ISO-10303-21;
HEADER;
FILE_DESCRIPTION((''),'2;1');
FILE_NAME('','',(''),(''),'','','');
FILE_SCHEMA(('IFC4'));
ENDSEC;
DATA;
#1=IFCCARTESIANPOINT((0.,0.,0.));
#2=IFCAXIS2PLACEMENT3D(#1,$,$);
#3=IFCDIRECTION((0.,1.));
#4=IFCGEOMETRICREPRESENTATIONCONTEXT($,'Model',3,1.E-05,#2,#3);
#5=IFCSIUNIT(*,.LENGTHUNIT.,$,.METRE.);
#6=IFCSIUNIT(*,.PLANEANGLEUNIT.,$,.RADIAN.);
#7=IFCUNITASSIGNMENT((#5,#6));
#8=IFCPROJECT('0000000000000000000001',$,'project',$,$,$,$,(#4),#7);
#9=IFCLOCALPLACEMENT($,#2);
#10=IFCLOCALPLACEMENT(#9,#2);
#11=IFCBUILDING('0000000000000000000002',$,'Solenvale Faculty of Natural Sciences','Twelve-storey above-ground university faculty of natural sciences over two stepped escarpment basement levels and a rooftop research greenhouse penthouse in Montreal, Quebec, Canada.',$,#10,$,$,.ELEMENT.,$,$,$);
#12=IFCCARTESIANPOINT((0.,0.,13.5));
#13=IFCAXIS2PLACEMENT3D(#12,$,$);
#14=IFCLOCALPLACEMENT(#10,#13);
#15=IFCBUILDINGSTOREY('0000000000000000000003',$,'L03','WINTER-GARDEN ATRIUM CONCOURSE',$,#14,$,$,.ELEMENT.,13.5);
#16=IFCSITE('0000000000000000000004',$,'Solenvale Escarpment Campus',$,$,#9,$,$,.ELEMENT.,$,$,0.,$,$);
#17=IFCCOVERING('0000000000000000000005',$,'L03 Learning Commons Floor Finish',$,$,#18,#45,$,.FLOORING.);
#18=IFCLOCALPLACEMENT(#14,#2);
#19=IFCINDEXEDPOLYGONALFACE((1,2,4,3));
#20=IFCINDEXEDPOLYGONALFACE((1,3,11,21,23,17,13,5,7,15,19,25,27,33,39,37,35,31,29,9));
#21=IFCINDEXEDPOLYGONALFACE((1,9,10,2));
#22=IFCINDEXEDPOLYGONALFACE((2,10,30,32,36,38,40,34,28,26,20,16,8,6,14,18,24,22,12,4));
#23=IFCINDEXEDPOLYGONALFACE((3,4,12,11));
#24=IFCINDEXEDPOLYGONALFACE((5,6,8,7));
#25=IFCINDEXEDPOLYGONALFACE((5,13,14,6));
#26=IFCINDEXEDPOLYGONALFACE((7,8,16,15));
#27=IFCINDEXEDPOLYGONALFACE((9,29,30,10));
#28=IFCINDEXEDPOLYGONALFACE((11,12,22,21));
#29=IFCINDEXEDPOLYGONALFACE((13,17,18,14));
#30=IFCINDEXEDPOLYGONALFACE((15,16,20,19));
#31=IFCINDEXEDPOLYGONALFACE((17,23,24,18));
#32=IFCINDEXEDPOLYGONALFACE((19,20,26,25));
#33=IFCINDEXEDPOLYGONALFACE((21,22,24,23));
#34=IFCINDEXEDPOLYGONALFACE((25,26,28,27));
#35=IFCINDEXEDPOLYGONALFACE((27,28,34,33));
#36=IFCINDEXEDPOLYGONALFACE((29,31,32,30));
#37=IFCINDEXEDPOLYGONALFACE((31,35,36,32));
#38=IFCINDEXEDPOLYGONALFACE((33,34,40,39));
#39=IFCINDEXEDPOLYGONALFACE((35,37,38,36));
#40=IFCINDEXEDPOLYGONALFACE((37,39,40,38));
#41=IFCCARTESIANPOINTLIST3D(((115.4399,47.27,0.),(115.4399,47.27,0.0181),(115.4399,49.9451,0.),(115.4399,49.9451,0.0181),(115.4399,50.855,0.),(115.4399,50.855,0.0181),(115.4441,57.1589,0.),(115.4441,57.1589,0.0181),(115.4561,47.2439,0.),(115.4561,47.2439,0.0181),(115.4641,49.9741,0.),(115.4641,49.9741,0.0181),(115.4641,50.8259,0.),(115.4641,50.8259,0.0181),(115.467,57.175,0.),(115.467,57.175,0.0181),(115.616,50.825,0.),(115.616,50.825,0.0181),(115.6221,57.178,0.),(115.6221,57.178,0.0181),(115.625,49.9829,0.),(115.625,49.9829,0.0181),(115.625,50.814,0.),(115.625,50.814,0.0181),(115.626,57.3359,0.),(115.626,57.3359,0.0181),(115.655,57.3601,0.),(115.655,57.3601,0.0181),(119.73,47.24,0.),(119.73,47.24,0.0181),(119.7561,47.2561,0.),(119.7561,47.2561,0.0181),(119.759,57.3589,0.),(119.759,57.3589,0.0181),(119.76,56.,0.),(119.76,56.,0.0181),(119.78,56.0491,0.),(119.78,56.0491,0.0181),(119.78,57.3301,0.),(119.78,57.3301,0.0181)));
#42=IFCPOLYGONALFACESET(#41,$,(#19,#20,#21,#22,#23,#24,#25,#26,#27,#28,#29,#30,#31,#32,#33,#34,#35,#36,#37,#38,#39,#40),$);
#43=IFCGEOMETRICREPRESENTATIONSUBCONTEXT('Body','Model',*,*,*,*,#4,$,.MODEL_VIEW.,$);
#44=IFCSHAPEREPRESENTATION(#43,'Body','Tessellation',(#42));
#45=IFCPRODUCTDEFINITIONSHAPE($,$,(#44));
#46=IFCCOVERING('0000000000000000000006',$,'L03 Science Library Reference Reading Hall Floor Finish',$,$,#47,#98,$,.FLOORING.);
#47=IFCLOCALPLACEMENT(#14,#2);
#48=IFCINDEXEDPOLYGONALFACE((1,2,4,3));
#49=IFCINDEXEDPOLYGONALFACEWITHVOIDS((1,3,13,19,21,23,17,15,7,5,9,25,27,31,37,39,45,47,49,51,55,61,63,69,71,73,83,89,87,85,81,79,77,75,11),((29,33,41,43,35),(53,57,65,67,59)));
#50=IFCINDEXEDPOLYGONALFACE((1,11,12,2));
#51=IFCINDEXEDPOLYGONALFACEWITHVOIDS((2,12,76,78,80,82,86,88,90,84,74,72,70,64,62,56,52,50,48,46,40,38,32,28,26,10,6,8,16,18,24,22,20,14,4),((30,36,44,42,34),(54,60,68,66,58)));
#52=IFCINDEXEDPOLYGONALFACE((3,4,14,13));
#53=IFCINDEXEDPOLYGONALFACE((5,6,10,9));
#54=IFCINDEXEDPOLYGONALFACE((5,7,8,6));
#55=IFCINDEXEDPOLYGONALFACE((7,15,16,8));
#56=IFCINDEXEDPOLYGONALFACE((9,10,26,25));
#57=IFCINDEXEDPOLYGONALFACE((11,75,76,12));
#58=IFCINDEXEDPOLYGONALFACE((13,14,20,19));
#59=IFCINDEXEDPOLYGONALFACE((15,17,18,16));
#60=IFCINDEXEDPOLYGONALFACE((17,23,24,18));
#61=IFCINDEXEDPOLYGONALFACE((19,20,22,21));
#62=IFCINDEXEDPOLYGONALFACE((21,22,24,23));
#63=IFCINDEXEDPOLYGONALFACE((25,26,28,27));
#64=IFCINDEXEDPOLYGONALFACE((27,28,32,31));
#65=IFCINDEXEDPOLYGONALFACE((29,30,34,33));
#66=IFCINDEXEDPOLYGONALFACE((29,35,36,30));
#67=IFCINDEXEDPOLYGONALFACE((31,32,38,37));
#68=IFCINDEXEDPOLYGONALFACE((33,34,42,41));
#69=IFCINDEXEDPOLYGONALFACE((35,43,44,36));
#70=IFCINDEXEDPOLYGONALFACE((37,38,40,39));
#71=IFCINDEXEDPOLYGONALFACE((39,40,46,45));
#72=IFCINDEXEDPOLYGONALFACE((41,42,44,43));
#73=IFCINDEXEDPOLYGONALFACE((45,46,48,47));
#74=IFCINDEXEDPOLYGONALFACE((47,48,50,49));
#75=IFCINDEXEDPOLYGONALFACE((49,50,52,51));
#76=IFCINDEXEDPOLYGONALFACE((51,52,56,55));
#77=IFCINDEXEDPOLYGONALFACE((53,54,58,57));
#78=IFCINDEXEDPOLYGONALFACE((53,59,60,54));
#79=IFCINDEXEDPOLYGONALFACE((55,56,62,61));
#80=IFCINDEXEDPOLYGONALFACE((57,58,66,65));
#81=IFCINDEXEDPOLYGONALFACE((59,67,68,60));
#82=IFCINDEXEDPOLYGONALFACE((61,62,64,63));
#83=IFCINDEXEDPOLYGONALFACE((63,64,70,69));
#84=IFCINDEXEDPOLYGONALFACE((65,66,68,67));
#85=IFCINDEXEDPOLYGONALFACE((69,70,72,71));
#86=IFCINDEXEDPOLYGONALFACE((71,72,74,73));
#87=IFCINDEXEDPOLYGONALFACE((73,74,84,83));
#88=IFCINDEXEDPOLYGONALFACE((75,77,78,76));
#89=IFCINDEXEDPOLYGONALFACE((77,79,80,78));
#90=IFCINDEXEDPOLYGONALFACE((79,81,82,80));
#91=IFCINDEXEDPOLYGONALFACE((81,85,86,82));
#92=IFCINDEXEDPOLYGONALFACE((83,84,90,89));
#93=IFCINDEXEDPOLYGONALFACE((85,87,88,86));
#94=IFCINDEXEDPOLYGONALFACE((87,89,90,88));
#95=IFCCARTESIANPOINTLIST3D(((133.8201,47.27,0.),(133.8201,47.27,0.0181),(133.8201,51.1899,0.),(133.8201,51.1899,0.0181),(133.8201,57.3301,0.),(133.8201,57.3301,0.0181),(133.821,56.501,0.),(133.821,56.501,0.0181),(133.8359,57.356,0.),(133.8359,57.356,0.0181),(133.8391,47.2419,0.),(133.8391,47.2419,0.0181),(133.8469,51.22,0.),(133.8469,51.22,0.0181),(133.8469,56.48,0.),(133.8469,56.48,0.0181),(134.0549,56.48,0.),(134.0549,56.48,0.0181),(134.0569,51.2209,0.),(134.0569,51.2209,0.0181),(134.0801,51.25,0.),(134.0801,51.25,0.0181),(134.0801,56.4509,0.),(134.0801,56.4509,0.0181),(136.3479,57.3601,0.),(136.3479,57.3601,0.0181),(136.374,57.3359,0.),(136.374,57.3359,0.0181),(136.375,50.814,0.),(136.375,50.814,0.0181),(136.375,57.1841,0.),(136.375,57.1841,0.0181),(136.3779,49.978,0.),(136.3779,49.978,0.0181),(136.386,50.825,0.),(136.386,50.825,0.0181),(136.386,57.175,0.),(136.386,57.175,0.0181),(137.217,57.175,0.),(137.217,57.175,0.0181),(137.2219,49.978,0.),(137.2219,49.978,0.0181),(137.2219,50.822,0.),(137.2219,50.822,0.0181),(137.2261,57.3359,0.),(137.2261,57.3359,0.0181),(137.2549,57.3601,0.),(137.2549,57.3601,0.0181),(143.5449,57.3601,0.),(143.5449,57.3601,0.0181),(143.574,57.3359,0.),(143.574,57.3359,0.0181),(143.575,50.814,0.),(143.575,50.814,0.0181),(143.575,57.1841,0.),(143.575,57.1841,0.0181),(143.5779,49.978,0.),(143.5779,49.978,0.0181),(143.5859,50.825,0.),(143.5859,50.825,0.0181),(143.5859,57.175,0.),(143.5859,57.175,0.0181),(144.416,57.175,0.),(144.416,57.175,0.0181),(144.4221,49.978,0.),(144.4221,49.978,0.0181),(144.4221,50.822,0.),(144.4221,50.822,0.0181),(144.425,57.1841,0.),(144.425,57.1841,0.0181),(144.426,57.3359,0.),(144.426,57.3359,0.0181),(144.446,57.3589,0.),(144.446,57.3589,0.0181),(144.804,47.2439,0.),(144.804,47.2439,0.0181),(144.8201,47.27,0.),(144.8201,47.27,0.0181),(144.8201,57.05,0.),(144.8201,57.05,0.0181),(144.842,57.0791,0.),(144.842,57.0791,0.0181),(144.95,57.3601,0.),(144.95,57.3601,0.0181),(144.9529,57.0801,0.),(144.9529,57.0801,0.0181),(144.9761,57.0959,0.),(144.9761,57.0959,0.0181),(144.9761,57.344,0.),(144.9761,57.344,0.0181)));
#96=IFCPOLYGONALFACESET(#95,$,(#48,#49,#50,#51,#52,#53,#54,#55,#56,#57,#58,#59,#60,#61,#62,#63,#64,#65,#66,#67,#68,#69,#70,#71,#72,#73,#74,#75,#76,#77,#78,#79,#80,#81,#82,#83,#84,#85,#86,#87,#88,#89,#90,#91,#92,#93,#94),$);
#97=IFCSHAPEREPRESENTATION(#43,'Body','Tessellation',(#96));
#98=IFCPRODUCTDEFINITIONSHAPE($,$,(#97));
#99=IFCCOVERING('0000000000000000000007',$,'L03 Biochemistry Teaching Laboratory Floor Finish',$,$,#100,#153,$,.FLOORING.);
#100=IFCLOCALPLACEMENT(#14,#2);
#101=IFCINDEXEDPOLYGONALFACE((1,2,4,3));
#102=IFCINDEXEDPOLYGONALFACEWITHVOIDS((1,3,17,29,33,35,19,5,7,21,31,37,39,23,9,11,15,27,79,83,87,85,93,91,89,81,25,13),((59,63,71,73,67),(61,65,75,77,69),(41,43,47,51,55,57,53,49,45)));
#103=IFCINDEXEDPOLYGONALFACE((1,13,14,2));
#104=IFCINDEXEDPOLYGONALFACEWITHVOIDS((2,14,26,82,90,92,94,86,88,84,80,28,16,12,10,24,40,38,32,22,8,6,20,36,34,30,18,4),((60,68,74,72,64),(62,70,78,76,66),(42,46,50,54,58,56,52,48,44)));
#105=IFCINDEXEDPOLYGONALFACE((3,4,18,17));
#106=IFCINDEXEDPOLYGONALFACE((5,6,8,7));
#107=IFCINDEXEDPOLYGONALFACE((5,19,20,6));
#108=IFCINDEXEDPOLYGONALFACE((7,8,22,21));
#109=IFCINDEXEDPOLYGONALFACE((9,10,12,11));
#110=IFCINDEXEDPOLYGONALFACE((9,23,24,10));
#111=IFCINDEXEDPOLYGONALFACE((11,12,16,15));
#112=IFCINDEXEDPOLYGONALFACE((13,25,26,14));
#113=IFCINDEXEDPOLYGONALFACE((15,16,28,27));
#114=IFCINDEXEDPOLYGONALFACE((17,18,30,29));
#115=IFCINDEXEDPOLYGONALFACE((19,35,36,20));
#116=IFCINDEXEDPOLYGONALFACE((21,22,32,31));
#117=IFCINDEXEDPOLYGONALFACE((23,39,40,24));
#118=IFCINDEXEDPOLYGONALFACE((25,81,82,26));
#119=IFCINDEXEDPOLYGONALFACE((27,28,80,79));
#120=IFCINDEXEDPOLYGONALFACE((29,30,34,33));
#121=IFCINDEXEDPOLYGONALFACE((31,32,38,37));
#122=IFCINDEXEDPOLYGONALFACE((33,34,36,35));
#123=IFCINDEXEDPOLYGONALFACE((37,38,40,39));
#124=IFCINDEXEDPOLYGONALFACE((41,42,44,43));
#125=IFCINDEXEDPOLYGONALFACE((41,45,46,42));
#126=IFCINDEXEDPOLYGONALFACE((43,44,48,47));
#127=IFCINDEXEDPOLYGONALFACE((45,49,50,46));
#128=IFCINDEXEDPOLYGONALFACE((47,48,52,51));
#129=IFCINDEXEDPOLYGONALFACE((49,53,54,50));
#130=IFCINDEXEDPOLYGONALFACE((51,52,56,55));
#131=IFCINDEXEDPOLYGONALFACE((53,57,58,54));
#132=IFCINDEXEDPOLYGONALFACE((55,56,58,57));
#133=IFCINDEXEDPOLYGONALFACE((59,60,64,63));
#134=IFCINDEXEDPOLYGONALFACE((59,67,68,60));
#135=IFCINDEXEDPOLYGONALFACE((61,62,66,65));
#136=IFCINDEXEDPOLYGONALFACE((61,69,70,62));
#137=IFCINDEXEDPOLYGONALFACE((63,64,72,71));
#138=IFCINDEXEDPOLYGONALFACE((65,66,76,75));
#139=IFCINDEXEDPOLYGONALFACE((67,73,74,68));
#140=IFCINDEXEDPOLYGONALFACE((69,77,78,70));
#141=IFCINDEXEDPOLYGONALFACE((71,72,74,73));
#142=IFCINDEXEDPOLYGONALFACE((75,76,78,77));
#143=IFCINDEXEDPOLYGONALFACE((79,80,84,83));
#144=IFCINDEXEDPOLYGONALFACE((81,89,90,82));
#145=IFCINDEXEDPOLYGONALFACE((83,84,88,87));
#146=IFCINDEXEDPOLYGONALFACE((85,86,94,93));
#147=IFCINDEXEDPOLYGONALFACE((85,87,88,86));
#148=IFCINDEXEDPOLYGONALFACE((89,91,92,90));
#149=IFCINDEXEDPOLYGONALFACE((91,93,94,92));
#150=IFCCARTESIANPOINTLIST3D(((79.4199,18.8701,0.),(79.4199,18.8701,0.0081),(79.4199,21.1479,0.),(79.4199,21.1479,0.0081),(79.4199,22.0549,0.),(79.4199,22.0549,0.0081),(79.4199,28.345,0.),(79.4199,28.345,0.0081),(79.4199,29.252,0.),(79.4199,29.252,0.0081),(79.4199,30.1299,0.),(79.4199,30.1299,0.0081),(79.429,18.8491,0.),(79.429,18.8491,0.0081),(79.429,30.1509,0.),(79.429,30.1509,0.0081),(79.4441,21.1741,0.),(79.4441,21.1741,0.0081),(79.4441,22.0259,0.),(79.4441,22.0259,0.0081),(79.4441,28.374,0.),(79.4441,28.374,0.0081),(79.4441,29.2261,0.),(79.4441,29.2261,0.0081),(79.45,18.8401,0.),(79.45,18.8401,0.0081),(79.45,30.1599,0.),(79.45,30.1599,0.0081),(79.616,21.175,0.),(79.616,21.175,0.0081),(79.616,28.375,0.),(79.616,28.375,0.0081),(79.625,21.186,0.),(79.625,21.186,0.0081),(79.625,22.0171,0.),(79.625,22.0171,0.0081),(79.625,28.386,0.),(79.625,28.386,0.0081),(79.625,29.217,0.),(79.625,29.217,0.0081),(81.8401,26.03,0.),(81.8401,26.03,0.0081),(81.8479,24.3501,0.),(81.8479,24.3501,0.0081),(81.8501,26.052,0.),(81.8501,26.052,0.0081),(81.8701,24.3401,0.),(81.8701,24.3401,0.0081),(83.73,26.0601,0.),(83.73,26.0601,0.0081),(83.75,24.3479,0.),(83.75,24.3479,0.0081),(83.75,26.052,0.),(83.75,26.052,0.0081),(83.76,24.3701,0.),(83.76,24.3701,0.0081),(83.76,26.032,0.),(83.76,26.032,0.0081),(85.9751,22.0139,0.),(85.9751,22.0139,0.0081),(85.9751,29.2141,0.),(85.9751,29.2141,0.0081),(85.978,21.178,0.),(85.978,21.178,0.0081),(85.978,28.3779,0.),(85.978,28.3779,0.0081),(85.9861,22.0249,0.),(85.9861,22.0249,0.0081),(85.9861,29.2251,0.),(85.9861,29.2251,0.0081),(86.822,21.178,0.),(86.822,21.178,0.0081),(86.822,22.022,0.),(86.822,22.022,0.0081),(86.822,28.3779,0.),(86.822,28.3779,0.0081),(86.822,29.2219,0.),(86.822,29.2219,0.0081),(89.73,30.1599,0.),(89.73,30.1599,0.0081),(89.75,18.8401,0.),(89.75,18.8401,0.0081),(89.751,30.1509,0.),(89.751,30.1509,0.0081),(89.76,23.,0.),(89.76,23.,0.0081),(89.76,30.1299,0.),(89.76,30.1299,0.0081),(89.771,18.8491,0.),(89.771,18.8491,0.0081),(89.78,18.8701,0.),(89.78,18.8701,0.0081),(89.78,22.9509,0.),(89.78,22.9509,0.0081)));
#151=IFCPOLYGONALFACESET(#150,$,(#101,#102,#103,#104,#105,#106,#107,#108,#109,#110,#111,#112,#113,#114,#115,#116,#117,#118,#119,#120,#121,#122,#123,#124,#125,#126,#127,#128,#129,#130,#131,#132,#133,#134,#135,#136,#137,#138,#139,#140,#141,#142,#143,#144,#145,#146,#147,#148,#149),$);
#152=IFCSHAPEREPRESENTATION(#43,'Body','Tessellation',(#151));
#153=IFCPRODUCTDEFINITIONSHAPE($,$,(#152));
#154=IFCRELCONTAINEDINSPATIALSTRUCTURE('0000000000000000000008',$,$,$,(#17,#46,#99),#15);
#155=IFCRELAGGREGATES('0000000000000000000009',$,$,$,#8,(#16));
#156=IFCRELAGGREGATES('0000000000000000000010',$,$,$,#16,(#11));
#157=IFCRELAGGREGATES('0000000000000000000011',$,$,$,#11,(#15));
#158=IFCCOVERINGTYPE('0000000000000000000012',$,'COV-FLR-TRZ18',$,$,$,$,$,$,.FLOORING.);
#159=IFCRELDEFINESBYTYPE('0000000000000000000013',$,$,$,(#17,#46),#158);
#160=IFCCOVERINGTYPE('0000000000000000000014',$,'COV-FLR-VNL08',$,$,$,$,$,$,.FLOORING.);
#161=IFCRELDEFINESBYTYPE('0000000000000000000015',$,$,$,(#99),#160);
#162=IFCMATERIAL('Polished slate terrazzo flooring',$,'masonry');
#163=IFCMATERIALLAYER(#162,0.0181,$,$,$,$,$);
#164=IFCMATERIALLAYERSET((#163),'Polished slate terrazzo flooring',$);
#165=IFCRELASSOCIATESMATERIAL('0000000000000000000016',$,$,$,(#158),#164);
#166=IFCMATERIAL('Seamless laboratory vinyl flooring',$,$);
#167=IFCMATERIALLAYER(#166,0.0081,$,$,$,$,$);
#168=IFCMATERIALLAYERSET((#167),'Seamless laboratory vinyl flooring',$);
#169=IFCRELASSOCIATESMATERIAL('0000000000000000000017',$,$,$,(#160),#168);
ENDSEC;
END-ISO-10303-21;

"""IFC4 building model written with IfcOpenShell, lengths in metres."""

from ifc_helpers import new_model, si_unit, direction, frame, origin, place, context, subcontext, project, spatial, polyline, outline, extrude, material, layer, layer_set, type_object, element, save


model = new_model("IFC4")

# Units and contexts
model_context = context("Model", 3, precision=1e-05, world=origin(), true_north=direction((0.0, 1.0)))
body_context = subcontext(model_context, "Body", "Model", "MODEL_VIEW")
ifc_project = project(units=[si_unit("LENGTHUNIT", "METRE"), si_unit("PLANEANGLEUNIT", "RADIAN")], contexts=[model_context])

# Site, building, storey
site_placement = place(None, origin())
site = spatial("IfcSite", under=ifc_project, at=site_placement, Name="Solenvale Escarpment Campus", CompositionType="ELEMENT", RefElevation=0.0)
building_placement = place(site_placement, origin())
building = spatial("IfcBuilding", under=site, at=building_placement, Name="Solenvale Faculty of Natural Sciences", Description="Twelve-storey above-ground university faculty of natural sciences over two stepped escarpment basement levels and a rooftop research greenhouse penthouse in Montreal, Quebec, Canada.", CompositionType="ELEMENT")
storey_placement = place(building_placement, frame((0.0, 0.0, 13.5)))
storey = spatial("IfcBuildingStorey", under=building, at=storey_placement, Name="L03", Description="WINTER-GARDEN ATRIUM CONCOURSE", CompositionType="ELEMENT", Elevation=13.5)

# Coverings
ifc_material_1 = material(Name="Polished slate terrazzo flooring", Category="masonry")
ifc_layer_1 = layer(ifc_material_1, 0.0181)
ifc_layer_set_1 = layer_set([ifc_layer_1], Name="Polished slate terrazzo flooring")
covering_type_1 = type_object("IfcCoveringType", Name="COV-FLR-TRZ18", PredefinedType="FLOORING", material=ifc_layer_set_1)
covering_1_placement = place(storey_placement, origin())
element("IfcCovering", 1, at=covering_1_placement, inside=storey, type_object=covering_type_1, Name="L03 Learning Commons Floor Finish", PredefinedType="FLOORING", context=body_context, shape_type="SweptSolid", body=[
    extrude(outline(polyline([(119.78, 56.0491), (119.76, 56.0), (119.7561, 47.2561), (119.73, 47.24), (115.4561, 47.2439), (115.4399, 47.27), (115.4399, 49.9451), (115.4641, 49.9741), (115.625, 49.9829), (115.625, 50.814), (115.616, 50.825), (115.4641, 50.8259), (115.4399, 50.855), (115.4441, 57.1589), (115.467, 57.175), (115.6221, 57.178), (115.626, 57.3359), (115.655, 57.3601), (119.759, 57.3589), (119.78, 57.3301), (119.78, 56.0491)])), origin(), (0.0, 0.0, 1.0), 0.0181),
])
covering_2_placement = place(storey_placement, origin())
element("IfcCovering", 2, at=covering_2_placement, inside=storey, type_object=covering_type_1, Name="L03 Science Library Reference Reading Hall Floor Finish", PredefinedType="FLOORING", context=body_context, shape_type="SweptSolid", body=[
    extrude(outline(polyline([(133.8201, 51.1899), (133.8469, 51.22), (134.0569, 51.2209), (134.0801, 51.25), (134.0801, 56.4509), (134.0549, 56.48), (133.8469, 56.48), (133.821, 56.501), (133.8201, 57.3301), (133.8359, 57.356), (136.3479, 57.3601), (136.374, 57.3359), (136.375, 57.1841), (136.386, 57.175), (137.217, 57.175), (137.2261, 57.3359), (137.2549, 57.3601), (143.5449, 57.3601), (143.574, 57.3359), (143.575, 57.1841), (143.5859, 57.175), (144.416, 57.175), (144.425, 57.1841), (144.426, 57.3359), (144.446, 57.3589), (144.95, 57.3601), (144.9761, 57.344), (144.9761, 57.0959), (144.9529, 57.0801), (144.842, 57.0791), (144.8201, 57.05), (144.8201, 47.27), (144.804, 47.2439), (133.8391, 47.2419), (133.8201, 47.27), (133.8201, 51.1899)]), holes=[polyline([(143.5859, 50.825), (143.575, 50.814), (143.5779, 49.978), (144.4221, 49.978), (144.4221, 50.822), (143.5859, 50.825)]), polyline([(136.386, 50.825), (136.375, 50.814), (136.3779, 49.978), (137.2219, 49.978), (137.2219, 50.822), (136.386, 50.825)])]), origin(), (0.0, 0.0, 1.0), 0.0181),
])
ifc_material_2 = material(Name="Seamless laboratory vinyl flooring")
ifc_layer_2 = layer(ifc_material_2, 0.0081)
ifc_layer_set_2 = layer_set([ifc_layer_2], Name="Seamless laboratory vinyl flooring")
covering_type_2 = type_object("IfcCoveringType", Name="COV-FLR-VNL08", PredefinedType="FLOORING", material=ifc_layer_set_2)
covering_3_placement = place(storey_placement, origin())
element("IfcCovering", 3, at=covering_3_placement, inside=storey, type_object=covering_type_2, Name="L03 Biochemistry Teaching Laboratory Floor Finish", PredefinedType="FLOORING", context=body_context, shape_type="SweptSolid", body=[
    extrude(outline(polyline([(89.73, 30.1599), (89.751, 30.1509), (89.76, 30.1299), (89.76, 23.0), (89.78, 22.9509), (89.78, 18.8701), (89.771, 18.8491), (89.75, 18.8401), (79.45, 18.8401), (79.429, 18.8491), (79.4199, 18.8701), (79.4199, 21.1479), (79.4441, 21.1741), (79.616, 21.175), (79.625, 21.186), (79.625, 22.0171), (79.4441, 22.0259), (79.4199, 22.0549), (79.4199, 28.345), (79.4441, 28.374), (79.616, 28.375), (79.625, 28.386), (79.625, 29.217), (79.4441, 29.2261), (79.4199, 29.252), (79.4199, 30.1299), (79.429, 30.1509), (79.45, 30.1599), (89.73, 30.1599)]), holes=[polyline([(85.9861, 22.0249), (85.9751, 22.0139), (85.978, 21.178), (86.822, 21.178), (86.822, 22.022), (85.9861, 22.0249)]), polyline([(85.9861, 29.2251), (85.9751, 29.2141), (85.978, 28.3779), (86.822, 28.3779), (86.822, 29.2219), (85.9861, 29.2251)]), polyline([(83.76, 26.032), (83.75, 26.052), (83.73, 26.0601), (81.8501, 26.052), (81.8401, 26.03), (81.8479, 24.3501), (81.8701, 24.3401), (83.75, 24.3479), (83.76, 24.3701), (83.76, 26.032)])]), origin(), (0.0, 0.0, 1.0), 0.0081),
])

save(model, "model.ifc")
